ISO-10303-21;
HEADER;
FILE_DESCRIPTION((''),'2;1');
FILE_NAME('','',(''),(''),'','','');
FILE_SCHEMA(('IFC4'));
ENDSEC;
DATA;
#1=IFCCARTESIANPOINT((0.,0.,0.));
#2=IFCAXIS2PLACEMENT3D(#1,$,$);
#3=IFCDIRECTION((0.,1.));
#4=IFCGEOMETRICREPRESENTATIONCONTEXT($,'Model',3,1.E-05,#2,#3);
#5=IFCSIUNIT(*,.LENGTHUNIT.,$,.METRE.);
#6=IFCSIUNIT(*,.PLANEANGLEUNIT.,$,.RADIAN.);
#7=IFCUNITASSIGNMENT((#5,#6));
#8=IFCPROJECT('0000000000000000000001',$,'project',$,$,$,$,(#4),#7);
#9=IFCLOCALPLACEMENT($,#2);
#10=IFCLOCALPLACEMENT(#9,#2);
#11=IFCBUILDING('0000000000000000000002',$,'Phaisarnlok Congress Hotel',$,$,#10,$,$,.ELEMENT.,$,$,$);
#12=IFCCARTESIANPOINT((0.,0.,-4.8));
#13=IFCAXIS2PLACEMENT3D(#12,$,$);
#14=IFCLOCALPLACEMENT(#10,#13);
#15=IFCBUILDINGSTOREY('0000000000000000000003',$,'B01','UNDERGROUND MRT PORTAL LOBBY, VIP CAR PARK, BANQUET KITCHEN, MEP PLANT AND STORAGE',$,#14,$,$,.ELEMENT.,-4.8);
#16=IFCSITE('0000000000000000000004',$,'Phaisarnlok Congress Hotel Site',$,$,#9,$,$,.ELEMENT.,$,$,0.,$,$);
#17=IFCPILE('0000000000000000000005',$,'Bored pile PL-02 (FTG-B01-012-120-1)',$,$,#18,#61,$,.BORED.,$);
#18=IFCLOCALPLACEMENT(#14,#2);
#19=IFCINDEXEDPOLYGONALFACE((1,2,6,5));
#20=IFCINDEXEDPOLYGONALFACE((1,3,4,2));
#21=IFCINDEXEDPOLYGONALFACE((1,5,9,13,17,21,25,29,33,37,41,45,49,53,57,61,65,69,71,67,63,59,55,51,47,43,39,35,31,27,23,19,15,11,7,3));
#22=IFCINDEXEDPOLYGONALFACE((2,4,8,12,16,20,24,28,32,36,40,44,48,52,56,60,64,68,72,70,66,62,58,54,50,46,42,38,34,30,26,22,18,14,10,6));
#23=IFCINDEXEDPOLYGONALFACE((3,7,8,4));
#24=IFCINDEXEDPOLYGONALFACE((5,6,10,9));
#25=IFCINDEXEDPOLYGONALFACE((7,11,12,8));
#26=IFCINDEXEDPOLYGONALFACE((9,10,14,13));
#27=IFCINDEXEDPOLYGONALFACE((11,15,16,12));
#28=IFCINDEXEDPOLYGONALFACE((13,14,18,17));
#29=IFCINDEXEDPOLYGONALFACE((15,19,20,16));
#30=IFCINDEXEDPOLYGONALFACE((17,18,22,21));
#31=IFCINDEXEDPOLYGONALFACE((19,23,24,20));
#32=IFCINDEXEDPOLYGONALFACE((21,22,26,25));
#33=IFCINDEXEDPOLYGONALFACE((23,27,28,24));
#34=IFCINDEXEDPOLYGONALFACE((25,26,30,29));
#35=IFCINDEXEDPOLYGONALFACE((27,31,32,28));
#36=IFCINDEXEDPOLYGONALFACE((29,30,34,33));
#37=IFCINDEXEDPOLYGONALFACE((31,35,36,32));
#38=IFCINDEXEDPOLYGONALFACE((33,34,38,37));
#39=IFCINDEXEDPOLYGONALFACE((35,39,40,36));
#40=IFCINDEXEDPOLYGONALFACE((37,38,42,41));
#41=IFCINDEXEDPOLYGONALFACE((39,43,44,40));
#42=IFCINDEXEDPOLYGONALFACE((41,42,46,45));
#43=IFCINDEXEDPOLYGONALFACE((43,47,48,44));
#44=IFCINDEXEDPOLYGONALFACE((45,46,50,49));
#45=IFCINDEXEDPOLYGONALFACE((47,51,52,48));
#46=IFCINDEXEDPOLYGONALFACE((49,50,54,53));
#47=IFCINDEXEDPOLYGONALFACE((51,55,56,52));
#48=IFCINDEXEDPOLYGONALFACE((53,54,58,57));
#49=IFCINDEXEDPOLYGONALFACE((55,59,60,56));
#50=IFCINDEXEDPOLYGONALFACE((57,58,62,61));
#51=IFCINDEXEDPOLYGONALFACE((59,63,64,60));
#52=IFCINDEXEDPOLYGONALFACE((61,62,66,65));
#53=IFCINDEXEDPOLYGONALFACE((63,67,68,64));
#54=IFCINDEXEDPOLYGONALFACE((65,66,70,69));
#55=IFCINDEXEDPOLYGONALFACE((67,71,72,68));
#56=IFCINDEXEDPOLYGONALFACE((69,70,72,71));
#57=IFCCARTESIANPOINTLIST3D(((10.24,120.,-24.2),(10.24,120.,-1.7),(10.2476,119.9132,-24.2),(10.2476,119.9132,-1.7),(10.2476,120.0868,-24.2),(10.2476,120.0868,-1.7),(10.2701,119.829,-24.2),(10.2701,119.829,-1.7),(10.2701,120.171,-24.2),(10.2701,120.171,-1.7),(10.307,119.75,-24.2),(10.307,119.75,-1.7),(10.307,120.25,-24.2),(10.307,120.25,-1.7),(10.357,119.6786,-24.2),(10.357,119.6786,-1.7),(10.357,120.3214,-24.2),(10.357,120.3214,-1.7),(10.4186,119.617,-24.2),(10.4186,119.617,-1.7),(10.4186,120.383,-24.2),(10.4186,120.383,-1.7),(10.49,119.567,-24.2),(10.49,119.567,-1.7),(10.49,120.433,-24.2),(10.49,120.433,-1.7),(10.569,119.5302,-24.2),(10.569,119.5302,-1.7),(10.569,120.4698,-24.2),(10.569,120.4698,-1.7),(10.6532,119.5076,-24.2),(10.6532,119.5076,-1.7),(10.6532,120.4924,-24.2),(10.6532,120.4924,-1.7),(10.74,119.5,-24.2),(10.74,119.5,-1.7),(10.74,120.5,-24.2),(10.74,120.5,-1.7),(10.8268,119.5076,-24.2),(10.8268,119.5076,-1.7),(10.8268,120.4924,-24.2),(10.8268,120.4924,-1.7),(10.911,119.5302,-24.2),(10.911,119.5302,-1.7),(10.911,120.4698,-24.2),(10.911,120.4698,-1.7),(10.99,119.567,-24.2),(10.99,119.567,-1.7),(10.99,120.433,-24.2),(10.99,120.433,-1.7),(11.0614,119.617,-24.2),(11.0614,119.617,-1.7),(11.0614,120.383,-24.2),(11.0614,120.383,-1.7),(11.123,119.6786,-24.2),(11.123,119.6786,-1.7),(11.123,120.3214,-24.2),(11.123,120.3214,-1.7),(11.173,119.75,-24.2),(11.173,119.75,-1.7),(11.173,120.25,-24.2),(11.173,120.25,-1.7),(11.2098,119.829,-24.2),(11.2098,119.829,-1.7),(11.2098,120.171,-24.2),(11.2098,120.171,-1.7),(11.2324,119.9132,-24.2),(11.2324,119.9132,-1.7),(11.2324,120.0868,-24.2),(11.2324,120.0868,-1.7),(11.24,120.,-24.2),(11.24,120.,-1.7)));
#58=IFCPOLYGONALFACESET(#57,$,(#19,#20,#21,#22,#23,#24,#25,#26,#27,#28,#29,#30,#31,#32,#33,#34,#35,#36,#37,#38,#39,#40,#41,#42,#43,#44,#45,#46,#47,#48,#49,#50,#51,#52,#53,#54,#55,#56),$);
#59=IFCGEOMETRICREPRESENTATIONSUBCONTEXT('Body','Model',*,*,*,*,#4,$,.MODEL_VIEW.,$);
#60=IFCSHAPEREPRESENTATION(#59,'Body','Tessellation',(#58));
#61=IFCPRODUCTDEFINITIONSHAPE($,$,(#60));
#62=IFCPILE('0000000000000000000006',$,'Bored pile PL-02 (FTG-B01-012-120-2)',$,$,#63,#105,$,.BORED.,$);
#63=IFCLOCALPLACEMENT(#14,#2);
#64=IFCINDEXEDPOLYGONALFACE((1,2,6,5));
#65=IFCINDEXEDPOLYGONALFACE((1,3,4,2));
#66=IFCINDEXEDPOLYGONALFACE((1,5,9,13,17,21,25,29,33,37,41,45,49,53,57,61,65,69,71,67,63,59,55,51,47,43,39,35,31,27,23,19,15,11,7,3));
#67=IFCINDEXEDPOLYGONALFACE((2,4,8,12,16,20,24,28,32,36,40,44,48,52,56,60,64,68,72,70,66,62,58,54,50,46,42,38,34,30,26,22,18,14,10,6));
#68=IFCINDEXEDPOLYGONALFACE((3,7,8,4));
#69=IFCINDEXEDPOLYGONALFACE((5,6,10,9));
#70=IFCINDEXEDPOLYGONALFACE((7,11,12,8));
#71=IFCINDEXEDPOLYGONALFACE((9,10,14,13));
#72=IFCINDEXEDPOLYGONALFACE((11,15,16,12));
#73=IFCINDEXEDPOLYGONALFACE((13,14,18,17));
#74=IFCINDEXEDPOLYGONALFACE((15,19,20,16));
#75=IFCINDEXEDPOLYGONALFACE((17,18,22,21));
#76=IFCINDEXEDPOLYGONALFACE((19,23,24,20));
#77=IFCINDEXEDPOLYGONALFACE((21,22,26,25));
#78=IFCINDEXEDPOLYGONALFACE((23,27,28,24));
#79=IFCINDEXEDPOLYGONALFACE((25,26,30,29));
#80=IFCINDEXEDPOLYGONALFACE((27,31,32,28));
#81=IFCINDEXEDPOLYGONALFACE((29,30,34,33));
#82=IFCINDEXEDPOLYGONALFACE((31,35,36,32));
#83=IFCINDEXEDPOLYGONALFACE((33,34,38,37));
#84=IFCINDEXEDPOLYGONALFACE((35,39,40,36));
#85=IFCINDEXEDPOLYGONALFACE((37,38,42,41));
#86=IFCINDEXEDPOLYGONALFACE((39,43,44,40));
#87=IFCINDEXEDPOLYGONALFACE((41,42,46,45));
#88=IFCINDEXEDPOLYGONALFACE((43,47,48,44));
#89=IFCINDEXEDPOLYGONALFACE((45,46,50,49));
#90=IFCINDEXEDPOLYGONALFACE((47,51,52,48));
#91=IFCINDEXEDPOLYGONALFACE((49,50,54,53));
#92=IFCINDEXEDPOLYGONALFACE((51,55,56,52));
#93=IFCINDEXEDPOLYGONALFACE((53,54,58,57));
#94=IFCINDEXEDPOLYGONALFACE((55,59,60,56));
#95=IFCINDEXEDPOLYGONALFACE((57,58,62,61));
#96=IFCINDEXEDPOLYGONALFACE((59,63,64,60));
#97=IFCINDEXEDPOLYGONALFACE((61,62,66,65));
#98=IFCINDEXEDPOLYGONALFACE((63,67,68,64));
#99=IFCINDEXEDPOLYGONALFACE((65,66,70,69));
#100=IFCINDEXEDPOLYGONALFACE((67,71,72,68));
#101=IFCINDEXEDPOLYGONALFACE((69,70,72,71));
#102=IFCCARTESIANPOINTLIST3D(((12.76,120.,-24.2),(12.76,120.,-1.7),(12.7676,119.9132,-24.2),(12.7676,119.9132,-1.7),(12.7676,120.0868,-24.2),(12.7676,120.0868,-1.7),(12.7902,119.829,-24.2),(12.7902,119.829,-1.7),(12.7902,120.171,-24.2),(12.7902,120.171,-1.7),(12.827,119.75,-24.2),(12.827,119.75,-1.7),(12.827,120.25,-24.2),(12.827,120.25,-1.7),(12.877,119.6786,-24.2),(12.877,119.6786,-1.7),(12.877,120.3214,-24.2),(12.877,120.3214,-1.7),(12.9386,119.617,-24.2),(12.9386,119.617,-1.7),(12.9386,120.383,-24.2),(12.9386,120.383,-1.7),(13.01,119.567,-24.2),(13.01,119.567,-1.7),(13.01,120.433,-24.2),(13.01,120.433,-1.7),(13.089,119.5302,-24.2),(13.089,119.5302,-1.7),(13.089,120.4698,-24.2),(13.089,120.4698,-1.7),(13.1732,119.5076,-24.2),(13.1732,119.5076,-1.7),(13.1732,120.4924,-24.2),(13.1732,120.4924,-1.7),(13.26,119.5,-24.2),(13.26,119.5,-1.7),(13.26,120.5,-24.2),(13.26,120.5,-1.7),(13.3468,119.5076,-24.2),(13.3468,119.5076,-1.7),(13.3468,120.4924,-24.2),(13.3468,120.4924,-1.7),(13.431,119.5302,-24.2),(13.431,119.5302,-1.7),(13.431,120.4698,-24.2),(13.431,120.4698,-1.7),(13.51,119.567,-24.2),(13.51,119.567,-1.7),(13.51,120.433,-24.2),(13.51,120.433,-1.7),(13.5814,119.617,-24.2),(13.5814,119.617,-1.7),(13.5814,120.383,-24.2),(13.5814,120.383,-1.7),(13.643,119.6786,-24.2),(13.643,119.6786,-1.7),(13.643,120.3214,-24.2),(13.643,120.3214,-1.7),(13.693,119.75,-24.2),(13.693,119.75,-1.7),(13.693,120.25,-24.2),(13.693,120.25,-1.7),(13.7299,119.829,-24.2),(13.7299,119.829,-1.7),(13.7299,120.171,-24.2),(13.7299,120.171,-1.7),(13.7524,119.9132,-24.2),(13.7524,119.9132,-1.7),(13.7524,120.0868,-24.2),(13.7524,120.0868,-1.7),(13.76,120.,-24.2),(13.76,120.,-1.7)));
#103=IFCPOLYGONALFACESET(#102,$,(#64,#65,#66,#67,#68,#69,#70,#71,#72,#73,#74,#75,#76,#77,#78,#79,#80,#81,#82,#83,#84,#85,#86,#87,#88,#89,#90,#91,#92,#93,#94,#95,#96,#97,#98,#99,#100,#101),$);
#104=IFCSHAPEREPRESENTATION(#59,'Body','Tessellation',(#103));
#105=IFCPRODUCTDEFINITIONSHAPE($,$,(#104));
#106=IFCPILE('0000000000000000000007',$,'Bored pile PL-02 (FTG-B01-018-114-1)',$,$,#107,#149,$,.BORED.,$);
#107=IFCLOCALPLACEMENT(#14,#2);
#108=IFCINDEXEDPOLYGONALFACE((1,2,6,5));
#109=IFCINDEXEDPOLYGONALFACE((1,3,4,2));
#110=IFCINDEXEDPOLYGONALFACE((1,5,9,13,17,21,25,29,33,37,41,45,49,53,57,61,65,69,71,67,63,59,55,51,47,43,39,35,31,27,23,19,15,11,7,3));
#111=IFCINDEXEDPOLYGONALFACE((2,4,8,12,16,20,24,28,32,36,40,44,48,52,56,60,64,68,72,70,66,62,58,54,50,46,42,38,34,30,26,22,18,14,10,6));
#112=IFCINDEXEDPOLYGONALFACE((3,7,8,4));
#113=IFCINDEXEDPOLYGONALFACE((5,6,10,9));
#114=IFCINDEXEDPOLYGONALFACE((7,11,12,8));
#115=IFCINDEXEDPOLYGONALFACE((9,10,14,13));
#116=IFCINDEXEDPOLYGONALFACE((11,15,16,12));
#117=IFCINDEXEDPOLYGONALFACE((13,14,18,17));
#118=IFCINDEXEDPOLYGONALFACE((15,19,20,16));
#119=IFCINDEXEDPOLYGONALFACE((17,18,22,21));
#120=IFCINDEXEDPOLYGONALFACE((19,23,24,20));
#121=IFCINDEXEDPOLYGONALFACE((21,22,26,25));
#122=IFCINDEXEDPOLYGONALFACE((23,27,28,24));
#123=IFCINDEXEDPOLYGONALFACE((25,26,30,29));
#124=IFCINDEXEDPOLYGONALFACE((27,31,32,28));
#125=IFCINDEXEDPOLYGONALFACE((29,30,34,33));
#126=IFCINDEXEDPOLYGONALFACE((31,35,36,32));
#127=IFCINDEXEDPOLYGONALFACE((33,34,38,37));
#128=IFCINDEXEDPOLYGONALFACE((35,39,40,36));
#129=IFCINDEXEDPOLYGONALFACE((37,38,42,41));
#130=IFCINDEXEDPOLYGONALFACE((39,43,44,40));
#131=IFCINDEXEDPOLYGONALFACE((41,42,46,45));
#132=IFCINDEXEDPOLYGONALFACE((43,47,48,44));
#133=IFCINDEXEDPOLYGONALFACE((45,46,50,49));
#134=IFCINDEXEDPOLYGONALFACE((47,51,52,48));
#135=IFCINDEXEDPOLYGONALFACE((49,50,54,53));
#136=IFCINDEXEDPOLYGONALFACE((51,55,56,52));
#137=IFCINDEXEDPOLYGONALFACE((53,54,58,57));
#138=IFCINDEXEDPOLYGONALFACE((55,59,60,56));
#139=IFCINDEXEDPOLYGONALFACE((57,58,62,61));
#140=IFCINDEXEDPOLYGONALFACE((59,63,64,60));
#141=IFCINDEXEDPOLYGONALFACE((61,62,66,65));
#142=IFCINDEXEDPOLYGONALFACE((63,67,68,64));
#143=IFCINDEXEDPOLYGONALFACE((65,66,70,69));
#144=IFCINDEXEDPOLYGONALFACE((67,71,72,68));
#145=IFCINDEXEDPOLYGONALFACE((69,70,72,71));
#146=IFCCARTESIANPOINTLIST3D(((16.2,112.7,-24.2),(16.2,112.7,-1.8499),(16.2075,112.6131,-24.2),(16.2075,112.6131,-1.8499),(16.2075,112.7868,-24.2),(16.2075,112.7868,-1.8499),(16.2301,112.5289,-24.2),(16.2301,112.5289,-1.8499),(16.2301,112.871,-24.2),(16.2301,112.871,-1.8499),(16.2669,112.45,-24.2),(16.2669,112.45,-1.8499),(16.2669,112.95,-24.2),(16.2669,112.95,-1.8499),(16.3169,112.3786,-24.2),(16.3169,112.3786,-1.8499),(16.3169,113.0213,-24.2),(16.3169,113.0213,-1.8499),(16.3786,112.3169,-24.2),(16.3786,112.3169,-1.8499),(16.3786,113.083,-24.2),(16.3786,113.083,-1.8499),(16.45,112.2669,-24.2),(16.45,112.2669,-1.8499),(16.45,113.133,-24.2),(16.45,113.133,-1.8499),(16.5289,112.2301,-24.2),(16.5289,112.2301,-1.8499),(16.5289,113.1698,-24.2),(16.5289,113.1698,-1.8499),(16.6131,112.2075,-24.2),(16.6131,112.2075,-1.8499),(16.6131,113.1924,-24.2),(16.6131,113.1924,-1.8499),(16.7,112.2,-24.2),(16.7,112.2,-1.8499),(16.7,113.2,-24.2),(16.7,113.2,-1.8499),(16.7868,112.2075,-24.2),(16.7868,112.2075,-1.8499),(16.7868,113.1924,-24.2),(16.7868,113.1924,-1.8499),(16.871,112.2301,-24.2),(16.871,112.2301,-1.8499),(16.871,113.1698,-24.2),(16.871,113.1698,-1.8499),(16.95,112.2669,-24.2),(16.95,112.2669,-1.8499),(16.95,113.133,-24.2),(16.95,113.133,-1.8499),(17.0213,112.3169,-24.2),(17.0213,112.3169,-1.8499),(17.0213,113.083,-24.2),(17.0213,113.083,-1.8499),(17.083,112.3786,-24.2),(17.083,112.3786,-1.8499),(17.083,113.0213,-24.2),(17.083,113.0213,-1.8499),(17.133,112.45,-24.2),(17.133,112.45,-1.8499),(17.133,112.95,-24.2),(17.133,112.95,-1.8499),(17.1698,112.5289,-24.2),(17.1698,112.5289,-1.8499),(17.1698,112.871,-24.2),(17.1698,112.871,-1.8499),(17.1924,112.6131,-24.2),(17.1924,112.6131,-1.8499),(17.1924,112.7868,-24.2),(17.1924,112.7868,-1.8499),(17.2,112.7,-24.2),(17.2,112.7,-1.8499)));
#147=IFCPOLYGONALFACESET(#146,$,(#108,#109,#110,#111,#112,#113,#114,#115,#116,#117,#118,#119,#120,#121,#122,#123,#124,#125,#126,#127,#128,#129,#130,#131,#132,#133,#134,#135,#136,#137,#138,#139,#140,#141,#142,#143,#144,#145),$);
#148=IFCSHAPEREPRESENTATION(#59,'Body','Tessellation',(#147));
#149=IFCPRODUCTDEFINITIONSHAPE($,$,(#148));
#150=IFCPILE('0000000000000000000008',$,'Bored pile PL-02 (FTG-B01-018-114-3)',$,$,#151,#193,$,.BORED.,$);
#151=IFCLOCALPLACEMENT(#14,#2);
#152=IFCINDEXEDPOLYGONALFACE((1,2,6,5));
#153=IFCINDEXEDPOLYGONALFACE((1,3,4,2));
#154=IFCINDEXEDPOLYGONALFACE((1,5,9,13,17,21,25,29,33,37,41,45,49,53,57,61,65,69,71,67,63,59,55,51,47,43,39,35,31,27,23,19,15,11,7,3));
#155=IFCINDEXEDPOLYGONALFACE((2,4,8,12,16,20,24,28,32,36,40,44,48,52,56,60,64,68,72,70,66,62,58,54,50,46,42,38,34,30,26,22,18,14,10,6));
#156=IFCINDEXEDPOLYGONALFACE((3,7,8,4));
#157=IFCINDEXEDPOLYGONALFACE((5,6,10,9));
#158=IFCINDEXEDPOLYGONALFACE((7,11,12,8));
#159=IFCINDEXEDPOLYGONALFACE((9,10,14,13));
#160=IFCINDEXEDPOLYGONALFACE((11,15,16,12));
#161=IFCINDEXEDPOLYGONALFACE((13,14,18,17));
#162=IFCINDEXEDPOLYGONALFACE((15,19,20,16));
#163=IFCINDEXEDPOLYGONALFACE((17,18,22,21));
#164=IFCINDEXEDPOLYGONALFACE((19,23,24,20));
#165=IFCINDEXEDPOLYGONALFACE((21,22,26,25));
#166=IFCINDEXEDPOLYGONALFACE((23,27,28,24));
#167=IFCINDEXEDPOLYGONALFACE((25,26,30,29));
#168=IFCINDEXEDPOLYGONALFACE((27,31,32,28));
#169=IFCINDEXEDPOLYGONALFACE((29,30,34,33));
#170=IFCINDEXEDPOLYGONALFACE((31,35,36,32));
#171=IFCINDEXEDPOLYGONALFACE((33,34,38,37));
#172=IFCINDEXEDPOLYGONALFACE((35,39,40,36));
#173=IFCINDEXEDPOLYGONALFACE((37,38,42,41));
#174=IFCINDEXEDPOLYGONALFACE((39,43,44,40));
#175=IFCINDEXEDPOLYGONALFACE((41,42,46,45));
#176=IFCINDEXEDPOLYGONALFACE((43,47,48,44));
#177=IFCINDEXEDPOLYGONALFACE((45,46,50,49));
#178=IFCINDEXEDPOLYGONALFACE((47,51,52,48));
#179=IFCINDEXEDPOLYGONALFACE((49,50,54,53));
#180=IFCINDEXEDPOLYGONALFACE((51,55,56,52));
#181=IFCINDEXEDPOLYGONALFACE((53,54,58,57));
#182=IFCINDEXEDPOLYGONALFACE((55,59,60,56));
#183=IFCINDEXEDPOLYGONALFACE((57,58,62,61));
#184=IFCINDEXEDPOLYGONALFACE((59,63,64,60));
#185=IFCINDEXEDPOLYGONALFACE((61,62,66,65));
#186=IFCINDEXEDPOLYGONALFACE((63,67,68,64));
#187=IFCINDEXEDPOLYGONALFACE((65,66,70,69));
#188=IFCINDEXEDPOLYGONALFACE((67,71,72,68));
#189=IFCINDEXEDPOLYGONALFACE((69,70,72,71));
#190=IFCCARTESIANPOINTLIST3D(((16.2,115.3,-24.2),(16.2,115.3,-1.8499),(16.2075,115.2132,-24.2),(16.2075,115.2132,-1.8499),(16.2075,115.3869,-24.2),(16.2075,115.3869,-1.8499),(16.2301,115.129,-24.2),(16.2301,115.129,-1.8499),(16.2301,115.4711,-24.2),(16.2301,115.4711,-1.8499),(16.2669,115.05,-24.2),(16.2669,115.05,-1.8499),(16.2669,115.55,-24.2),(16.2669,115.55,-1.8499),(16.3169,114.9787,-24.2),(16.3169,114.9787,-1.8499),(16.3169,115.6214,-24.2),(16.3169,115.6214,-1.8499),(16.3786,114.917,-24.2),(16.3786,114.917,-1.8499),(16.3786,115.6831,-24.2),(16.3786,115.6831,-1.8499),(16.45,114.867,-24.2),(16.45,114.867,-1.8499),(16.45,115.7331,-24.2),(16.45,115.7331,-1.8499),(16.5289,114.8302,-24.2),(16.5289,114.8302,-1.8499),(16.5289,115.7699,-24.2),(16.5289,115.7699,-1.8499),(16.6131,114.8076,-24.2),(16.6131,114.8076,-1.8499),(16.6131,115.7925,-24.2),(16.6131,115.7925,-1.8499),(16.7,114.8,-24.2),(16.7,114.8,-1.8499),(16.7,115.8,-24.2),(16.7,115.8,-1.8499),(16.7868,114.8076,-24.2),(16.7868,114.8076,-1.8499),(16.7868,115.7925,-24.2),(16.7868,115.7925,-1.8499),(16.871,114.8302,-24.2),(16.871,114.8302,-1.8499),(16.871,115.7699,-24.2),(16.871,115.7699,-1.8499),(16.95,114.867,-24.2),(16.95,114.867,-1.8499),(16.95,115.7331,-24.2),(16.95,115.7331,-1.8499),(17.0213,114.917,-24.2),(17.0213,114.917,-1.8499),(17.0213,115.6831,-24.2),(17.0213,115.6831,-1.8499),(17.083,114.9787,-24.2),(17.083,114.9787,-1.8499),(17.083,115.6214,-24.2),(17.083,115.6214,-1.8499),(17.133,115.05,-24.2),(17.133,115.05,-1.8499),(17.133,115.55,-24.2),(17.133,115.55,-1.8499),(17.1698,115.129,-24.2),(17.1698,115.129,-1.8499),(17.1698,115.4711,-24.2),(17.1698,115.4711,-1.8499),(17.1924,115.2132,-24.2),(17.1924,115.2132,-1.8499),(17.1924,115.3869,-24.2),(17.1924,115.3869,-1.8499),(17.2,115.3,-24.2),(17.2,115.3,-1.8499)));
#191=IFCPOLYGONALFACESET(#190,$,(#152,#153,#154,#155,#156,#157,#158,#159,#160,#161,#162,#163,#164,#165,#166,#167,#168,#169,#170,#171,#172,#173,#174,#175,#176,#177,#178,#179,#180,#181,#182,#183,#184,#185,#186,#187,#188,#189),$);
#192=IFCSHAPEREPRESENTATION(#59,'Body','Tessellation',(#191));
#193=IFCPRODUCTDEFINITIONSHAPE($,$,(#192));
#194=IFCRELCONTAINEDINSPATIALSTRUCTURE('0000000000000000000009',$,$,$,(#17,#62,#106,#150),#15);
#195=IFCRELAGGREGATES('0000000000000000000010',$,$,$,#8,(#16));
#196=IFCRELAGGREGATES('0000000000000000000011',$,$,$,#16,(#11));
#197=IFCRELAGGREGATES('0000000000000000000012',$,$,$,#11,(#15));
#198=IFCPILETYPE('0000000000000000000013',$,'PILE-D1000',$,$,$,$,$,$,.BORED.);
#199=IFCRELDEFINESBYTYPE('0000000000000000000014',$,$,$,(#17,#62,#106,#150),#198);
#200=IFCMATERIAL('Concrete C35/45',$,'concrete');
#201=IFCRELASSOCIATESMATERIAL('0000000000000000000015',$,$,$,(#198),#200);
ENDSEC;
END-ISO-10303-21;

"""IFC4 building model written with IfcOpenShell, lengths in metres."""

from ifc_helpers import new_model, si_unit, direction, frame, origin, origin_2d, place, context, subcontext, project, spatial, circle, extrude, material, material_profile, profile_set, type_object, element, save


model = new_model("IFC4")

# Units and contexts
model_context = context("Model", 3, precision=1e-05, world=origin(), true_north=direction((0.0, 1.0)))
body_context = subcontext(model_context, "Body", "Model", "MODEL_VIEW")
ifc_project = project(units=[si_unit("LENGTHUNIT", "METRE"), si_unit("PLANEANGLEUNIT", "RADIAN")], contexts=[model_context])

# Site, building, storey
site_placement = place(None, origin())
site = spatial("IfcSite", under=ifc_project, at=site_placement, Name="Phaisarnlok Congress Hotel Site", CompositionType="ELEMENT", RefElevation=0.0)
building_placement = place(site_placement, origin())
building = spatial("IfcBuilding", under=site, at=building_placement, Name="Phaisarnlok Congress Hotel", CompositionType="ELEMENT")
storey_placement = place(building_placement, frame((0.0, 0.0, -4.8)))
storey = spatial("IfcBuildingStorey", under=building, at=storey_placement, Name="B01", Description="UNDERGROUND MRT PORTAL LOBBY, VIP CAR PARK, BANQUET KITCHEN, MEP PLANT AND STORAGE", CompositionType="ELEMENT", Elevation=-4.8)

# Piles
ifc_material_1 = material(Name="Concrete C35/45", Category="concrete")
ifc_material_profile_1 = material_profile(ifc_material_1, circle(Radius=0.5, at=origin_2d()), Name="BORED PILE D1000")
ifc_profile_set_1 = profile_set([ifc_material_profile_1], Name="Concrete C35/45")
pile_type_1 = type_object("IfcPileType", Name="PILE-D1000", PredefinedType="BORED", material=ifc_profile_set_1)
for number, where, z_axis, x_axis, name in (
    (1, (10.74, 120.0, -1.7), (0.0, 0.0, -1.0), (1.0, 0.0, 0.0), "Bored pile PL-02 (FTG-B01-012-120-1)"),
    (2, (13.26, 120.0, -1.7), (0.0, 0.0, -1.0), (1.0, 0.0, 0.0), "Bored pile PL-02 (FTG-B01-012-120-2)"),
):
    element("IfcPile", number, at=place(storey_placement, frame(where, z_axis=z_axis, x_axis=x_axis)), inside=storey, type_object=pile_type_1, Name=name, PredefinedType="BORED", context=body_context, shape_type="SweptSolid", body=[
        extrude(circle(Radius=0.5, at=origin_2d()), origin(), (0.0, 0.0, 1.0), 22.5),
    ])
for number, where, z_axis, x_axis, name in (
    (3, (16.7, 112.7, -1.8499), (0.0, 0.0, -1.0), (1.0, 0.0, 0.0), "Bored pile PL-02 (FTG-B01-018-114-1)"),
    (4, (16.7, 115.3, -1.8499), (0.0, 0.0, -1.0), (1.0, 0.0, 0.0), "Bored pile PL-02 (FTG-B01-018-114-3)"),
):
    element("IfcPile", number, at=place(storey_placement, frame(where, z_axis=z_axis, x_axis=x_axis)), inside=storey, type_object=pile_type_1, Name=name, PredefinedType="BORED", context=body_context, shape_type="SweptSolid", body=[
        extrude(circle(Radius=0.5, at=origin_2d()), origin(), (0.0, 0.0, 1.0), 22.3501),
    ])

save(model, "model.ifc")
